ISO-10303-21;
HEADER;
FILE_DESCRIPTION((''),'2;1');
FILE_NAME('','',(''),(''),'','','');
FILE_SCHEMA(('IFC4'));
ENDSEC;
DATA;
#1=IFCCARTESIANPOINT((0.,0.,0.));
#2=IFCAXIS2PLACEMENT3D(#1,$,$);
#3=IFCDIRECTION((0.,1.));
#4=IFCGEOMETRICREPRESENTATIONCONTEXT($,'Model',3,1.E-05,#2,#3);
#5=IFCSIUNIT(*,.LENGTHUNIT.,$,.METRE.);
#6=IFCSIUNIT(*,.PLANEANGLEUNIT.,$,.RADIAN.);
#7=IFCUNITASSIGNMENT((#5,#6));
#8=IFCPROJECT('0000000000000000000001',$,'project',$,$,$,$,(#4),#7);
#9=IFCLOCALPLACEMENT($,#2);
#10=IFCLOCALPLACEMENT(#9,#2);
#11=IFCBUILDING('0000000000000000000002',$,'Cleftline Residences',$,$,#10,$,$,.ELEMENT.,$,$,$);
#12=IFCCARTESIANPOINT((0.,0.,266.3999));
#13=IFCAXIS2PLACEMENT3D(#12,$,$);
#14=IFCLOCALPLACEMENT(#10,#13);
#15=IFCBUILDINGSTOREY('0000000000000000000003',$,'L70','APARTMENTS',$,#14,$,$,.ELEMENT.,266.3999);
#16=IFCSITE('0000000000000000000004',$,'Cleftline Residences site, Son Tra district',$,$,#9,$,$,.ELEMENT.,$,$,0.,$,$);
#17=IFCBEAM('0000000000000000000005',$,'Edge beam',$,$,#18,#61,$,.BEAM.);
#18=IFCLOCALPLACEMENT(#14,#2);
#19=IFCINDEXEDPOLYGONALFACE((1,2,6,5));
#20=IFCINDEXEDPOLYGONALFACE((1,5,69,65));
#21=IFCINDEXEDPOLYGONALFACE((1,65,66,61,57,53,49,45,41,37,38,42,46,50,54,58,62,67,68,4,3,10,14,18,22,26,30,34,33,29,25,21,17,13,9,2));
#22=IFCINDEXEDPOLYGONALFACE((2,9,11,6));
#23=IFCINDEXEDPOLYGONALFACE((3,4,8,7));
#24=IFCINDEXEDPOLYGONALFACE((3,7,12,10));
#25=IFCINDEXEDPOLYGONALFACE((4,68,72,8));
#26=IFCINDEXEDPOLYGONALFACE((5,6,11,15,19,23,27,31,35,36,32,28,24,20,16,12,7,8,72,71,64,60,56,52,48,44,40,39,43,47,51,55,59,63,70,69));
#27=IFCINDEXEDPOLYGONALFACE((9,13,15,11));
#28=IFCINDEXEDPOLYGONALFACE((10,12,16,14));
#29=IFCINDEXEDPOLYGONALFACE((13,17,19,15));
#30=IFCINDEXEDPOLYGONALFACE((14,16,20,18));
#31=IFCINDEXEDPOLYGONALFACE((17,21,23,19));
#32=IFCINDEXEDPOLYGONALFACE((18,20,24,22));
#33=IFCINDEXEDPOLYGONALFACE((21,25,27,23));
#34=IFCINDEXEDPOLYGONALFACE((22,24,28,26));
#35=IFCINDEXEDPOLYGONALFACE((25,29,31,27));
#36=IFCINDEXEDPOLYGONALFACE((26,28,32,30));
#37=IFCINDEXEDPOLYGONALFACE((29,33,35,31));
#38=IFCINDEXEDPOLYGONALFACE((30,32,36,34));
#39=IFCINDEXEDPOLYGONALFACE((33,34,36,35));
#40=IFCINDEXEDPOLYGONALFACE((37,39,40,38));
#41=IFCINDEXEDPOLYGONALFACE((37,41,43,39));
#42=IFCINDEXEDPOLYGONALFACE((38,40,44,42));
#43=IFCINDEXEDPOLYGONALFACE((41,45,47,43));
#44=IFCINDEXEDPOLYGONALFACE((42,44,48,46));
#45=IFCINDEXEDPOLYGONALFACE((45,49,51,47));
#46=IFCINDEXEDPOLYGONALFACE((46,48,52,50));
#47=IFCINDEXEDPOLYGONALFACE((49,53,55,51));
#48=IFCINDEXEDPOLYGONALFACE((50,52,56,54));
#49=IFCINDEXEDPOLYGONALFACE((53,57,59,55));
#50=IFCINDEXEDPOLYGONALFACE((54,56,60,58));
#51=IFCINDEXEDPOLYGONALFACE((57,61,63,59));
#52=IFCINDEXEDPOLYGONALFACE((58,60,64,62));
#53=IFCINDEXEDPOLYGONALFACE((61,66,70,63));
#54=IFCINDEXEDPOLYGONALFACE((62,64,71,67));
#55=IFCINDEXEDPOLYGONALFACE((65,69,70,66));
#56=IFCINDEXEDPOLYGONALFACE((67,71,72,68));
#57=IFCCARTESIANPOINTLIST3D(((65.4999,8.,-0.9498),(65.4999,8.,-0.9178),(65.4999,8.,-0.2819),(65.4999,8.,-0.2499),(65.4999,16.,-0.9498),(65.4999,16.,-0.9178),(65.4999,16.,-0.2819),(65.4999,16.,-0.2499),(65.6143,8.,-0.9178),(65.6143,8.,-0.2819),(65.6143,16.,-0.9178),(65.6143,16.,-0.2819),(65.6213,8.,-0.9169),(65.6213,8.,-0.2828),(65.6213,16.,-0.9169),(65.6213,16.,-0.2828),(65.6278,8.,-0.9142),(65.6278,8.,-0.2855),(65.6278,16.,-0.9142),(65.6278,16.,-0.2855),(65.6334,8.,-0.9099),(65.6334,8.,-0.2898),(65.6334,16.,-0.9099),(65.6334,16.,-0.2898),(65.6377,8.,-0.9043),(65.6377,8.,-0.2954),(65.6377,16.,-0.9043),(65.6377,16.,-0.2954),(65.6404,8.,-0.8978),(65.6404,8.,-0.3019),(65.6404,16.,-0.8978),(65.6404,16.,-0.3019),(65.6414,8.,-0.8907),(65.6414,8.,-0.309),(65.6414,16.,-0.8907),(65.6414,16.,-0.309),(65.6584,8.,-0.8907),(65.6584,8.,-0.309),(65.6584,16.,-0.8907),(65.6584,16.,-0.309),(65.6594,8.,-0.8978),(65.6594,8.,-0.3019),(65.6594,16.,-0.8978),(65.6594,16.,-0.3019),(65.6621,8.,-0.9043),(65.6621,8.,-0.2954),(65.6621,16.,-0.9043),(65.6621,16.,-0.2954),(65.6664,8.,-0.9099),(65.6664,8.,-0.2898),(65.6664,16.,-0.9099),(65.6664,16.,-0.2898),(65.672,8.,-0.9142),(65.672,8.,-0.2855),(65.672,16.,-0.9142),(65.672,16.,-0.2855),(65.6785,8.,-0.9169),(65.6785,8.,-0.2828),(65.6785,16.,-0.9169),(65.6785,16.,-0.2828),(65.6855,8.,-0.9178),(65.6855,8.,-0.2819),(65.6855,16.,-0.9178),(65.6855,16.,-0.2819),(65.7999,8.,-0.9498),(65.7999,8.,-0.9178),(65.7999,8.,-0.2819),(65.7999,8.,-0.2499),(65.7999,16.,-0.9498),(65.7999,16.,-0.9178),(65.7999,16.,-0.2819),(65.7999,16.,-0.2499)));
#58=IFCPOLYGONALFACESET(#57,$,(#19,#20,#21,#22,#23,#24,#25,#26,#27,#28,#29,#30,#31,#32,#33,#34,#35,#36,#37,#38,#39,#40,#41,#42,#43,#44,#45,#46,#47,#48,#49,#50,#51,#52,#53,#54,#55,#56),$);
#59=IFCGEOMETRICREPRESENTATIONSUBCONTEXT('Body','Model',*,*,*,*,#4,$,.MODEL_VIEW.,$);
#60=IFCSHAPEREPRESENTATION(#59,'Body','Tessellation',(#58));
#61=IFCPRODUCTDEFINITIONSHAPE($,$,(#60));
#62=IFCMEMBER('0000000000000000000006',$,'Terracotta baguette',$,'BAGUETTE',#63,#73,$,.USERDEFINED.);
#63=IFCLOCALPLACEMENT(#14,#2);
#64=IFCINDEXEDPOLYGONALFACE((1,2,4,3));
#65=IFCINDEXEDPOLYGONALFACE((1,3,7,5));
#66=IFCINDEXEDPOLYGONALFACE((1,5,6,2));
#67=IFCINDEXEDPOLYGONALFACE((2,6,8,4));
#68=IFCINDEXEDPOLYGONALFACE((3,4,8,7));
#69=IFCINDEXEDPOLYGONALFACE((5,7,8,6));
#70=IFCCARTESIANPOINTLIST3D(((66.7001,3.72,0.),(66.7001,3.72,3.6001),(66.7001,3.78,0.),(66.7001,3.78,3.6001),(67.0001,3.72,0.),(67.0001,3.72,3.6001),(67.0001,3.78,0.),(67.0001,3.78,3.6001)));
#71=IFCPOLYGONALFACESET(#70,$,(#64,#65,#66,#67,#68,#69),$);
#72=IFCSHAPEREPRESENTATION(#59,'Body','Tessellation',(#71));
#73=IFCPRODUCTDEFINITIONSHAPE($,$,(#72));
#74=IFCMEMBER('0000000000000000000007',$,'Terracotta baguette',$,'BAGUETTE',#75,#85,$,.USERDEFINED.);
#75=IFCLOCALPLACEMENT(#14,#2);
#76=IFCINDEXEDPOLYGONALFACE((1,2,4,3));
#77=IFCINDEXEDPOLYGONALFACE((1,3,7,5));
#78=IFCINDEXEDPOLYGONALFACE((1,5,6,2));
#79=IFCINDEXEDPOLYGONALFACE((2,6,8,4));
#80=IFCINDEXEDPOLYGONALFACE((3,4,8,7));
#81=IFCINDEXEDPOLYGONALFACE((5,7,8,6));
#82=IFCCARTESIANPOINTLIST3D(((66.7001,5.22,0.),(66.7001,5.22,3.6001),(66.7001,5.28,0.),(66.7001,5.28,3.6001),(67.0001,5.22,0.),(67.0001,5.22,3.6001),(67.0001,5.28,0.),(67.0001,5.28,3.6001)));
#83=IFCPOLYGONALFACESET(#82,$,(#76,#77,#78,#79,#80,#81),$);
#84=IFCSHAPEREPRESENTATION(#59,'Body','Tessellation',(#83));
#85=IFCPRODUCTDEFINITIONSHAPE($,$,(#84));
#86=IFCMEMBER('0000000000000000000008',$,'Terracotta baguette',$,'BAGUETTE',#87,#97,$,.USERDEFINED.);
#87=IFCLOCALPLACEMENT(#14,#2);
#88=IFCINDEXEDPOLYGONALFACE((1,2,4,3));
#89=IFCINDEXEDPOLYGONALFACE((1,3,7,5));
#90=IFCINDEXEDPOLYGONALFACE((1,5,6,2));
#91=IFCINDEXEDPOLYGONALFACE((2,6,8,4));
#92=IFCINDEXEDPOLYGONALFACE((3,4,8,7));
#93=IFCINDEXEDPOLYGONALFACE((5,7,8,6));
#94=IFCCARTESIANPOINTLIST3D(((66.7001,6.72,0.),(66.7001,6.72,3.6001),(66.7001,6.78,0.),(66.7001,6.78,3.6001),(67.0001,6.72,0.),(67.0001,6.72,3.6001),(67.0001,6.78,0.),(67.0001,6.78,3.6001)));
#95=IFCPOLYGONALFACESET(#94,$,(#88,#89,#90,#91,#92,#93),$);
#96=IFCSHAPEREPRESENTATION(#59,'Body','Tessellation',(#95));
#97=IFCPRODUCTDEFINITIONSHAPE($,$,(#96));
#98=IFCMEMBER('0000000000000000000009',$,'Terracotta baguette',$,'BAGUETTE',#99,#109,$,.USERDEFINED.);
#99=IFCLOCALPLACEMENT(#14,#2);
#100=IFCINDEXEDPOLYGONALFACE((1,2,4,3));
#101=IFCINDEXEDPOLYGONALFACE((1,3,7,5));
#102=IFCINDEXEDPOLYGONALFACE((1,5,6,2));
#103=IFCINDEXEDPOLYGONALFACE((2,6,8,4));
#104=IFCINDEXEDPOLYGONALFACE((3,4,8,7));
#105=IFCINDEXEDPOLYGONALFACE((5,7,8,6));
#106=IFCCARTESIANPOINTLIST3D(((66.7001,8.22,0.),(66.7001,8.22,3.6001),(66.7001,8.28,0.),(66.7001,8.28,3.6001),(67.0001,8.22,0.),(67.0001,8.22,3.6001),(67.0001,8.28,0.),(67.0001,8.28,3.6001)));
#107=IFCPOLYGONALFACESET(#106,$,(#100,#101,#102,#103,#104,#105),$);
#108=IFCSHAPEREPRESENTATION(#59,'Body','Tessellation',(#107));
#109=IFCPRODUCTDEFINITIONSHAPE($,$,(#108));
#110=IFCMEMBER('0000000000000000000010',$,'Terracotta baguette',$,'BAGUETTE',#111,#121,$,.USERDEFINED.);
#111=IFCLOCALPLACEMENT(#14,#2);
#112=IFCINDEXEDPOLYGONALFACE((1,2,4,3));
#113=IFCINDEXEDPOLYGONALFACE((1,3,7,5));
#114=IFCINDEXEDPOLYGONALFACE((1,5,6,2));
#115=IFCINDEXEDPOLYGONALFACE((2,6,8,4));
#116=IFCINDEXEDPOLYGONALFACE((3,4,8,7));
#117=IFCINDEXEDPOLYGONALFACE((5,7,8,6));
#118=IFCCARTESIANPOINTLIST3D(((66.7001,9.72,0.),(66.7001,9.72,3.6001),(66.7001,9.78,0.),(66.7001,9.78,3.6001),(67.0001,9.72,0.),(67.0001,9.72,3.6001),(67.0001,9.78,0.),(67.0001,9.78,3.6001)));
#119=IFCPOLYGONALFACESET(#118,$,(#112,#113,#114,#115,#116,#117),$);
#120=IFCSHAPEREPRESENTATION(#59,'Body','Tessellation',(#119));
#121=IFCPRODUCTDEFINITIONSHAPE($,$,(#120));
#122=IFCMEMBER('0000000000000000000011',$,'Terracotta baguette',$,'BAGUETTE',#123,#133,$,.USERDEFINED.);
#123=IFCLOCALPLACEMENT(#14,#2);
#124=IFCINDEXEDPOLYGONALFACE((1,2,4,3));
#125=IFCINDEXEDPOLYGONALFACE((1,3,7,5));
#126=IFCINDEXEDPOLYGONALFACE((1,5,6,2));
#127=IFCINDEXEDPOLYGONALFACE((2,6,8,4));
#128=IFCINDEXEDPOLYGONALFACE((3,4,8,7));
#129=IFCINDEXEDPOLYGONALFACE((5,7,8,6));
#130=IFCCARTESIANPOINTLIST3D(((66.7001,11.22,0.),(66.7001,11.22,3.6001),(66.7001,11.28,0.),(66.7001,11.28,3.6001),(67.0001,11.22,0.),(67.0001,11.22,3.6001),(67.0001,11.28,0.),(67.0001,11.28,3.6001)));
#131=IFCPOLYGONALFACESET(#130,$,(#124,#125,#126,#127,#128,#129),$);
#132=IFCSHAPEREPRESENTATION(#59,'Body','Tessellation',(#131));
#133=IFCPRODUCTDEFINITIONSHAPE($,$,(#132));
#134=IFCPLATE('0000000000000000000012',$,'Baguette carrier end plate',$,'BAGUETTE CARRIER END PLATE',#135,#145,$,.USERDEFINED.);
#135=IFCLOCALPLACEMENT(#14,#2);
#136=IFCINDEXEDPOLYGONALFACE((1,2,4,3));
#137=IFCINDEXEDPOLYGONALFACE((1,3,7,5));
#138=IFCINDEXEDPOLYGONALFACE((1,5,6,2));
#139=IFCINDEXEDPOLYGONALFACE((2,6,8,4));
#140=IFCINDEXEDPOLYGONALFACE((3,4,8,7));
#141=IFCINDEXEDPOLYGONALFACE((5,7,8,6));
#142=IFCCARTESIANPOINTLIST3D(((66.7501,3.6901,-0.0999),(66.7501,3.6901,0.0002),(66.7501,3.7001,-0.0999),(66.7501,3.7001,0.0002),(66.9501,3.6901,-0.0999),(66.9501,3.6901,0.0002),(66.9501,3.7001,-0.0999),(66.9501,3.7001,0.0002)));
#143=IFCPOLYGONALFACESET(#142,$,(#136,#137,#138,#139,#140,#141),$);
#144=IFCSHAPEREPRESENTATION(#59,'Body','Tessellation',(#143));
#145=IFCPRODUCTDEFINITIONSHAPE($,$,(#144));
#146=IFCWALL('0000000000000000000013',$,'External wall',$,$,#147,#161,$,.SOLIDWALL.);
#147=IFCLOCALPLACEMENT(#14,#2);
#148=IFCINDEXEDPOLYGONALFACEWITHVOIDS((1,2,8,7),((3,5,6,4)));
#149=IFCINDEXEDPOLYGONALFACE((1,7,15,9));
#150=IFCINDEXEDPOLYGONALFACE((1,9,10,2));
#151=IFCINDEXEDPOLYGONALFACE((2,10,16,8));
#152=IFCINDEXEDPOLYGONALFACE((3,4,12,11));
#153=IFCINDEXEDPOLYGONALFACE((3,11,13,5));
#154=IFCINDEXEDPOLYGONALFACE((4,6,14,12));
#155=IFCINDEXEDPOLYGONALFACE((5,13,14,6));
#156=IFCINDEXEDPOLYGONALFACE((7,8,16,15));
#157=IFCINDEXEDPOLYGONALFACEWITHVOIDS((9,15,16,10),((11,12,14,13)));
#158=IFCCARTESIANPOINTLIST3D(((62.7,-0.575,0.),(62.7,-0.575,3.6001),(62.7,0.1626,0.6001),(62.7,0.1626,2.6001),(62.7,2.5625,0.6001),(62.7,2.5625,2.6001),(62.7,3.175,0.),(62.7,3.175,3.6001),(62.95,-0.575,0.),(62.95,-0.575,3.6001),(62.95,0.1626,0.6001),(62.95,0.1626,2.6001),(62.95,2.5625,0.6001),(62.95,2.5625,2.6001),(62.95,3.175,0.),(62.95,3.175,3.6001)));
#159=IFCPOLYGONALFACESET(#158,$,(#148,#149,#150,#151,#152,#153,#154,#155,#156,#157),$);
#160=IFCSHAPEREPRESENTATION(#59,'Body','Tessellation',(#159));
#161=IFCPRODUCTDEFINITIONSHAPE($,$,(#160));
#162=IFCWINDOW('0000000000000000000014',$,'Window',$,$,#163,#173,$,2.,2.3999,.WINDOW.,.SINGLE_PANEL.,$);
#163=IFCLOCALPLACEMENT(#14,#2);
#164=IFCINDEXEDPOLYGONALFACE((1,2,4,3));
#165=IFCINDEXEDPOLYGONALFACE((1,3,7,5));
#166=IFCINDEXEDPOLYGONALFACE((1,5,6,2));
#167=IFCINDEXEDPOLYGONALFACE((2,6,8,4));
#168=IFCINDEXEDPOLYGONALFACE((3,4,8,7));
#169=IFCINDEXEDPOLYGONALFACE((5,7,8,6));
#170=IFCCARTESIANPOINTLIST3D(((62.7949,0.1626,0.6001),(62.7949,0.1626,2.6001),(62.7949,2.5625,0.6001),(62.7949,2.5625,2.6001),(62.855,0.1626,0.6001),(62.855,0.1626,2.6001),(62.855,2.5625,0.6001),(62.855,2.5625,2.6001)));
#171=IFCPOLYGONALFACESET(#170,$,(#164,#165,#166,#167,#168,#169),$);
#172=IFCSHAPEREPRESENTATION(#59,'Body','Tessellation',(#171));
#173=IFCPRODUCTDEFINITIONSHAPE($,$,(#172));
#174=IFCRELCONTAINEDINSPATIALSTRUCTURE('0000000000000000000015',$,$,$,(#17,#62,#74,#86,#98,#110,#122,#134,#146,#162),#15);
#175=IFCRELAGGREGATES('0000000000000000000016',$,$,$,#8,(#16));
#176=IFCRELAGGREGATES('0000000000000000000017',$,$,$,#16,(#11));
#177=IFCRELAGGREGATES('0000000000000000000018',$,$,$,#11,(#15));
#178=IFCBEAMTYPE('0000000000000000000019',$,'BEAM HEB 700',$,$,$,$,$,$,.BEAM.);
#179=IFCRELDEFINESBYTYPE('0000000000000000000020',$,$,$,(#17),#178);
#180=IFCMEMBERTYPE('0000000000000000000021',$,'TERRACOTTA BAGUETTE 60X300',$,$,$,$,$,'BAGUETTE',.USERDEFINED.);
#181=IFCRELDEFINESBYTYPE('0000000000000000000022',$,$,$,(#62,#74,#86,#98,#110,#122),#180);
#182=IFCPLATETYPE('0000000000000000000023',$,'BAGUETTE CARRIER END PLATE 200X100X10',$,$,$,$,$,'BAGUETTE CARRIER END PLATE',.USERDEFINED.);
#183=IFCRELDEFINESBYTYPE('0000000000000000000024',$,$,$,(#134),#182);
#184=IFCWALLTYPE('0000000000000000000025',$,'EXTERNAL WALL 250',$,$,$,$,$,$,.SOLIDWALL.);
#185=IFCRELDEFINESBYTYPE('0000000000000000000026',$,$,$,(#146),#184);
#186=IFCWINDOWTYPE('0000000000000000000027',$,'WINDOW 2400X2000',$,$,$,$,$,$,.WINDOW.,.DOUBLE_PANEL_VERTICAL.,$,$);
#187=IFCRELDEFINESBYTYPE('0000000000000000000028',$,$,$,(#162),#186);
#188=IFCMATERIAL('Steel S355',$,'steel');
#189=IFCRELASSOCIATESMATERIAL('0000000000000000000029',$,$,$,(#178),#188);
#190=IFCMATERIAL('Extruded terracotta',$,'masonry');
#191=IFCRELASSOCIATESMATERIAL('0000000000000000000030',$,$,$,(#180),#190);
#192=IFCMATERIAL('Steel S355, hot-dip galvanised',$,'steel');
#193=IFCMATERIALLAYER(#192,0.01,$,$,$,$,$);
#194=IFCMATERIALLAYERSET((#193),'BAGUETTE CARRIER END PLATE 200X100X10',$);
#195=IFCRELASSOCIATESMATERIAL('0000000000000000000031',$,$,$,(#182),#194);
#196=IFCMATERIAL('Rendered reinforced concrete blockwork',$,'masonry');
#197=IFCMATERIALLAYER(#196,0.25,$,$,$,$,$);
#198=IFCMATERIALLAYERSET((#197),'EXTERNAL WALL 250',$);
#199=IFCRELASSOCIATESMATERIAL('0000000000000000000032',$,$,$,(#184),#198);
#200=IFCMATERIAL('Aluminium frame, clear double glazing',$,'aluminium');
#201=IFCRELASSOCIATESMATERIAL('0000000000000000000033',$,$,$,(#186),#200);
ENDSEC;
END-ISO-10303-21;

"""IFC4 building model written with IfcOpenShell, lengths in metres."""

from ifc_helpers import new_model, si_unit, direction, frame, frame_2d, origin, origin_2d, place, context, subcontext, project, spatial, rectangle, i_section, extrude, material, layer, layer_set, material_profile, profile_set, type_object, element, fill, save


model = new_model("IFC4")

# Units and contexts
model_context = context("Model", 3, precision=1e-05, world=origin(), true_north=direction((0.0, 1.0)))
body_context = subcontext(model_context, "Body", "Model", "MODEL_VIEW")
ifc_project = project(units=[si_unit("LENGTHUNIT", "METRE"), si_unit("PLANEANGLEUNIT", "RADIAN")], contexts=[model_context])

# Site, building, storey
site_placement = place(None, origin())
site = spatial("IfcSite", under=ifc_project, at=site_placement, Name="Cleftline Residences site, Son Tra district", CompositionType="ELEMENT", RefElevation=0.0)
building_placement = place(site_placement, origin())
building = spatial("IfcBuilding", under=site, at=building_placement, Name="Cleftline Residences", CompositionType="ELEMENT")
storey_placement = place(building_placement, frame((0.0, 0.0, 266.3999)))
storey = spatial("IfcBuildingStorey", under=building, at=storey_placement, Name="L70", Description="APARTMENTS", CompositionType="ELEMENT", Elevation=266.3999)

# Beam
ifc_material_1 = material(Name="Steel S355", Category="steel")
ifc_material_profile_1 = material_profile(ifc_material_1, i_section(OverallWidth=0.3, OverallDepth=0.7, WebThickness=0.0171, FlangeThickness=0.032, FilletRadius=0.0271, at=origin_2d()))
ifc_profile_set_1 = profile_set([ifc_material_profile_1], Name="Steel S355")
beam_type = type_object("IfcBeamType", Name="BEAM HEB 700", PredefinedType="BEAM", material=ifc_profile_set_1)
beam_placement = place(storey_placement, frame((65.6499, 8.0, -0.5999), z_axis=(0.0, 1.0, 0.0), x_axis=(-1.0, 0.0, 0.0)))
element("IfcBeam", 1, at=beam_placement, inside=storey, type_object=beam_type, Name="Edge beam", PredefinedType="BEAM", context=body_context, shape_type="SweptSolid", body=[
    extrude(i_section(OverallWidth=0.3, OverallDepth=0.7, WebThickness=0.0171, FlangeThickness=0.032, FilletRadius=0.0271, at=origin_2d()), origin(), (0.0, 0.0, 1.0), 8.0),
])

# Members
ifc_material_2 = material(Name="Extruded terracotta", Category="masonry")
ifc_material_profile_2 = material_profile(ifc_material_2, rectangle(XDim=0.0601, YDim=0.3, at=origin_2d()))
ifc_profile_set_2 = profile_set([ifc_material_profile_2], Name="Extruded terracotta")
member_type_1 = type_object("IfcMemberType", Name="TERRACOTTA BAGUETTE 60X300", ElementType="BAGUETTE", PredefinedType="USERDEFINED", material=ifc_profile_set_2)
for number, where, z_axis, x_axis, name in (
    (2, (66.8501, 3.75, 0.0), (0.0, 0.0, 1.0), (0.0, 1.0, 0.0), "Terracotta baguette"),
    (3, (66.8501, 5.25, 0.0), (0.0, 0.0, 1.0), (0.0, 1.0, 0.0), "Terracotta baguette"),
    (4, (66.8501, 6.75, 0.0), (0.0, 0.0, 1.0), (0.0, 1.0, 0.0), "Terracotta baguette"),
    (5, (66.8501, 8.25, 0.0), (0.0, 0.0, 1.0), (0.0, 1.0, 0.0), "Terracotta baguette"),
    (6, (66.8501, 9.75, 0.0), (0.0, 0.0, 1.0), (0.0, 1.0, 0.0), "Terracotta baguette"),
    (7, (66.8501, 11.25, 0.0), (0.0, 0.0, 1.0), (0.0, 1.0, 0.0), "Terracotta baguette"),
):
    element("IfcMember", number, at=place(storey_placement, frame(where, z_axis=z_axis, x_axis=x_axis)), inside=storey, type_object=member_type_1, Name=name, ObjectType="BAGUETTE", PredefinedType="USERDEFINED", context=body_context, shape_type="SweptSolid", body=[
        extrude(rectangle(XDim=0.0601, YDim=0.3, at=origin_2d()), origin(), (0.0, 0.0, 1.0), 3.6001),
    ])

# Plate
ifc_material_3 = material(Name="Steel S355, hot-dip galvanised", Category="steel")
ifc_layer_1 = layer(ifc_material_3, 0.01)
ifc_layer_set_1 = layer_set([ifc_layer_1], Name="BAGUETTE CARRIER END PLATE 200X100X10")
plate_type = type_object("IfcPlateType", Name="BAGUETTE CARRIER END PLATE 200X100X10", ElementType="BAGUETTE CARRIER END PLATE", PredefinedType="USERDEFINED", material=ifc_layer_set_1)
plate_placement = place(storey_placement, frame((66.8501, 3.6951, -0.0999), z_axis=(0.0, 0.0, 1.0), x_axis=(1.0, 0.0, 0.0)))
element("IfcPlate", 8, at=plate_placement, inside=storey, type_object=plate_type, Name="Baguette carrier end plate", ObjectType="BAGUETTE CARRIER END PLATE", PredefinedType="USERDEFINED", context=body_context, shape_type="SweptSolid", body=[
    extrude(rectangle(XDim=0.2, YDim=0.01, at=origin_2d()), origin(), (0.0, 0.0, 1.0), 0.1001),
])

# Wall, opening, window
ifc_material_4 = material(Name="Rendered reinforced concrete blockwork", Category="masonry")
ifc_layer_2 = layer(ifc_material_4, 0.25)
ifc_layer_set_2 = layer_set([ifc_layer_2], Name="EXTERNAL WALL 250")
wall_type = type_object("IfcWallType", Name="EXTERNAL WALL 250", PredefinedType="SOLIDWALL", material=ifc_layer_set_2)
wall_1_placement = place(storey_placement, frame((62.825, -0.575, 0.0), z_axis=(0.0, 0.0, 1.0), x_axis=(0.0, 1.0, 0.0)))
wall_1 = element("IfcWall", 9, at=wall_1_placement, inside=storey, type_object=wall_type, Name="External wall", PredefinedType="SOLIDWALL", context=body_context, shape_type="SweptSolid", body=[
    extrude(rectangle(XDim=3.75, YDim=0.25, at=frame_2d((1.875, 0.0))), origin(), (0.0, 0.0, 1.0), 3.6001),
])
opening_1_placement = place(wall_1_placement, frame((0.7375, 0.0, 0.6001)))
opening_1 = element("IfcOpeningElement", 10, at=opening_1_placement, cuts=wall_1, PredefinedType="OPENING", context=body_context, shape_type="SweptSolid", body=[
    extrude(rectangle(XDim=2.3999, YDim=2.0, at=frame_2d((1.2, 1.0))), frame((0.0, 0.135, 0.0), z_axis=(0.0, -1.0, 0.0), x_axis=(1.0, 0.0, 0.0)), (0.0, 0.0, 1.0), 0.27),
])
ifc_material_5 = material(Name="Aluminium frame, clear double glazing", Category="aluminium")
window_type_1 = type_object("IfcWindowType", Name="WINDOW 2400X2000", PartitioningType="DOUBLE_PANEL_VERTICAL", PredefinedType="WINDOW", material=ifc_material_5)
window_1_placement = place(opening_1_placement, origin())
window_1 = element("IfcWindow", 11, at=window_1_placement, inside=storey, type_object=window_type_1, Name="Window", OverallHeight=2.0, OverallWidth=2.3999, PartitioningType="SINGLE_PANEL", PredefinedType="WINDOW", context=body_context, shape_type="SweptSolid", body=[
    extrude(rectangle(XDim=2.3999, YDim=2.0, at=frame_2d((1.2, 1.0))), frame((0.0, 0.03, 0.0), z_axis=(0.0, -1.0, 0.0), x_axis=(1.0, 0.0, 0.0)), (0.0, 0.0, 1.0), 0.0601),
])
fill(opening_1, window_1)

save(model, "model.ifc")
